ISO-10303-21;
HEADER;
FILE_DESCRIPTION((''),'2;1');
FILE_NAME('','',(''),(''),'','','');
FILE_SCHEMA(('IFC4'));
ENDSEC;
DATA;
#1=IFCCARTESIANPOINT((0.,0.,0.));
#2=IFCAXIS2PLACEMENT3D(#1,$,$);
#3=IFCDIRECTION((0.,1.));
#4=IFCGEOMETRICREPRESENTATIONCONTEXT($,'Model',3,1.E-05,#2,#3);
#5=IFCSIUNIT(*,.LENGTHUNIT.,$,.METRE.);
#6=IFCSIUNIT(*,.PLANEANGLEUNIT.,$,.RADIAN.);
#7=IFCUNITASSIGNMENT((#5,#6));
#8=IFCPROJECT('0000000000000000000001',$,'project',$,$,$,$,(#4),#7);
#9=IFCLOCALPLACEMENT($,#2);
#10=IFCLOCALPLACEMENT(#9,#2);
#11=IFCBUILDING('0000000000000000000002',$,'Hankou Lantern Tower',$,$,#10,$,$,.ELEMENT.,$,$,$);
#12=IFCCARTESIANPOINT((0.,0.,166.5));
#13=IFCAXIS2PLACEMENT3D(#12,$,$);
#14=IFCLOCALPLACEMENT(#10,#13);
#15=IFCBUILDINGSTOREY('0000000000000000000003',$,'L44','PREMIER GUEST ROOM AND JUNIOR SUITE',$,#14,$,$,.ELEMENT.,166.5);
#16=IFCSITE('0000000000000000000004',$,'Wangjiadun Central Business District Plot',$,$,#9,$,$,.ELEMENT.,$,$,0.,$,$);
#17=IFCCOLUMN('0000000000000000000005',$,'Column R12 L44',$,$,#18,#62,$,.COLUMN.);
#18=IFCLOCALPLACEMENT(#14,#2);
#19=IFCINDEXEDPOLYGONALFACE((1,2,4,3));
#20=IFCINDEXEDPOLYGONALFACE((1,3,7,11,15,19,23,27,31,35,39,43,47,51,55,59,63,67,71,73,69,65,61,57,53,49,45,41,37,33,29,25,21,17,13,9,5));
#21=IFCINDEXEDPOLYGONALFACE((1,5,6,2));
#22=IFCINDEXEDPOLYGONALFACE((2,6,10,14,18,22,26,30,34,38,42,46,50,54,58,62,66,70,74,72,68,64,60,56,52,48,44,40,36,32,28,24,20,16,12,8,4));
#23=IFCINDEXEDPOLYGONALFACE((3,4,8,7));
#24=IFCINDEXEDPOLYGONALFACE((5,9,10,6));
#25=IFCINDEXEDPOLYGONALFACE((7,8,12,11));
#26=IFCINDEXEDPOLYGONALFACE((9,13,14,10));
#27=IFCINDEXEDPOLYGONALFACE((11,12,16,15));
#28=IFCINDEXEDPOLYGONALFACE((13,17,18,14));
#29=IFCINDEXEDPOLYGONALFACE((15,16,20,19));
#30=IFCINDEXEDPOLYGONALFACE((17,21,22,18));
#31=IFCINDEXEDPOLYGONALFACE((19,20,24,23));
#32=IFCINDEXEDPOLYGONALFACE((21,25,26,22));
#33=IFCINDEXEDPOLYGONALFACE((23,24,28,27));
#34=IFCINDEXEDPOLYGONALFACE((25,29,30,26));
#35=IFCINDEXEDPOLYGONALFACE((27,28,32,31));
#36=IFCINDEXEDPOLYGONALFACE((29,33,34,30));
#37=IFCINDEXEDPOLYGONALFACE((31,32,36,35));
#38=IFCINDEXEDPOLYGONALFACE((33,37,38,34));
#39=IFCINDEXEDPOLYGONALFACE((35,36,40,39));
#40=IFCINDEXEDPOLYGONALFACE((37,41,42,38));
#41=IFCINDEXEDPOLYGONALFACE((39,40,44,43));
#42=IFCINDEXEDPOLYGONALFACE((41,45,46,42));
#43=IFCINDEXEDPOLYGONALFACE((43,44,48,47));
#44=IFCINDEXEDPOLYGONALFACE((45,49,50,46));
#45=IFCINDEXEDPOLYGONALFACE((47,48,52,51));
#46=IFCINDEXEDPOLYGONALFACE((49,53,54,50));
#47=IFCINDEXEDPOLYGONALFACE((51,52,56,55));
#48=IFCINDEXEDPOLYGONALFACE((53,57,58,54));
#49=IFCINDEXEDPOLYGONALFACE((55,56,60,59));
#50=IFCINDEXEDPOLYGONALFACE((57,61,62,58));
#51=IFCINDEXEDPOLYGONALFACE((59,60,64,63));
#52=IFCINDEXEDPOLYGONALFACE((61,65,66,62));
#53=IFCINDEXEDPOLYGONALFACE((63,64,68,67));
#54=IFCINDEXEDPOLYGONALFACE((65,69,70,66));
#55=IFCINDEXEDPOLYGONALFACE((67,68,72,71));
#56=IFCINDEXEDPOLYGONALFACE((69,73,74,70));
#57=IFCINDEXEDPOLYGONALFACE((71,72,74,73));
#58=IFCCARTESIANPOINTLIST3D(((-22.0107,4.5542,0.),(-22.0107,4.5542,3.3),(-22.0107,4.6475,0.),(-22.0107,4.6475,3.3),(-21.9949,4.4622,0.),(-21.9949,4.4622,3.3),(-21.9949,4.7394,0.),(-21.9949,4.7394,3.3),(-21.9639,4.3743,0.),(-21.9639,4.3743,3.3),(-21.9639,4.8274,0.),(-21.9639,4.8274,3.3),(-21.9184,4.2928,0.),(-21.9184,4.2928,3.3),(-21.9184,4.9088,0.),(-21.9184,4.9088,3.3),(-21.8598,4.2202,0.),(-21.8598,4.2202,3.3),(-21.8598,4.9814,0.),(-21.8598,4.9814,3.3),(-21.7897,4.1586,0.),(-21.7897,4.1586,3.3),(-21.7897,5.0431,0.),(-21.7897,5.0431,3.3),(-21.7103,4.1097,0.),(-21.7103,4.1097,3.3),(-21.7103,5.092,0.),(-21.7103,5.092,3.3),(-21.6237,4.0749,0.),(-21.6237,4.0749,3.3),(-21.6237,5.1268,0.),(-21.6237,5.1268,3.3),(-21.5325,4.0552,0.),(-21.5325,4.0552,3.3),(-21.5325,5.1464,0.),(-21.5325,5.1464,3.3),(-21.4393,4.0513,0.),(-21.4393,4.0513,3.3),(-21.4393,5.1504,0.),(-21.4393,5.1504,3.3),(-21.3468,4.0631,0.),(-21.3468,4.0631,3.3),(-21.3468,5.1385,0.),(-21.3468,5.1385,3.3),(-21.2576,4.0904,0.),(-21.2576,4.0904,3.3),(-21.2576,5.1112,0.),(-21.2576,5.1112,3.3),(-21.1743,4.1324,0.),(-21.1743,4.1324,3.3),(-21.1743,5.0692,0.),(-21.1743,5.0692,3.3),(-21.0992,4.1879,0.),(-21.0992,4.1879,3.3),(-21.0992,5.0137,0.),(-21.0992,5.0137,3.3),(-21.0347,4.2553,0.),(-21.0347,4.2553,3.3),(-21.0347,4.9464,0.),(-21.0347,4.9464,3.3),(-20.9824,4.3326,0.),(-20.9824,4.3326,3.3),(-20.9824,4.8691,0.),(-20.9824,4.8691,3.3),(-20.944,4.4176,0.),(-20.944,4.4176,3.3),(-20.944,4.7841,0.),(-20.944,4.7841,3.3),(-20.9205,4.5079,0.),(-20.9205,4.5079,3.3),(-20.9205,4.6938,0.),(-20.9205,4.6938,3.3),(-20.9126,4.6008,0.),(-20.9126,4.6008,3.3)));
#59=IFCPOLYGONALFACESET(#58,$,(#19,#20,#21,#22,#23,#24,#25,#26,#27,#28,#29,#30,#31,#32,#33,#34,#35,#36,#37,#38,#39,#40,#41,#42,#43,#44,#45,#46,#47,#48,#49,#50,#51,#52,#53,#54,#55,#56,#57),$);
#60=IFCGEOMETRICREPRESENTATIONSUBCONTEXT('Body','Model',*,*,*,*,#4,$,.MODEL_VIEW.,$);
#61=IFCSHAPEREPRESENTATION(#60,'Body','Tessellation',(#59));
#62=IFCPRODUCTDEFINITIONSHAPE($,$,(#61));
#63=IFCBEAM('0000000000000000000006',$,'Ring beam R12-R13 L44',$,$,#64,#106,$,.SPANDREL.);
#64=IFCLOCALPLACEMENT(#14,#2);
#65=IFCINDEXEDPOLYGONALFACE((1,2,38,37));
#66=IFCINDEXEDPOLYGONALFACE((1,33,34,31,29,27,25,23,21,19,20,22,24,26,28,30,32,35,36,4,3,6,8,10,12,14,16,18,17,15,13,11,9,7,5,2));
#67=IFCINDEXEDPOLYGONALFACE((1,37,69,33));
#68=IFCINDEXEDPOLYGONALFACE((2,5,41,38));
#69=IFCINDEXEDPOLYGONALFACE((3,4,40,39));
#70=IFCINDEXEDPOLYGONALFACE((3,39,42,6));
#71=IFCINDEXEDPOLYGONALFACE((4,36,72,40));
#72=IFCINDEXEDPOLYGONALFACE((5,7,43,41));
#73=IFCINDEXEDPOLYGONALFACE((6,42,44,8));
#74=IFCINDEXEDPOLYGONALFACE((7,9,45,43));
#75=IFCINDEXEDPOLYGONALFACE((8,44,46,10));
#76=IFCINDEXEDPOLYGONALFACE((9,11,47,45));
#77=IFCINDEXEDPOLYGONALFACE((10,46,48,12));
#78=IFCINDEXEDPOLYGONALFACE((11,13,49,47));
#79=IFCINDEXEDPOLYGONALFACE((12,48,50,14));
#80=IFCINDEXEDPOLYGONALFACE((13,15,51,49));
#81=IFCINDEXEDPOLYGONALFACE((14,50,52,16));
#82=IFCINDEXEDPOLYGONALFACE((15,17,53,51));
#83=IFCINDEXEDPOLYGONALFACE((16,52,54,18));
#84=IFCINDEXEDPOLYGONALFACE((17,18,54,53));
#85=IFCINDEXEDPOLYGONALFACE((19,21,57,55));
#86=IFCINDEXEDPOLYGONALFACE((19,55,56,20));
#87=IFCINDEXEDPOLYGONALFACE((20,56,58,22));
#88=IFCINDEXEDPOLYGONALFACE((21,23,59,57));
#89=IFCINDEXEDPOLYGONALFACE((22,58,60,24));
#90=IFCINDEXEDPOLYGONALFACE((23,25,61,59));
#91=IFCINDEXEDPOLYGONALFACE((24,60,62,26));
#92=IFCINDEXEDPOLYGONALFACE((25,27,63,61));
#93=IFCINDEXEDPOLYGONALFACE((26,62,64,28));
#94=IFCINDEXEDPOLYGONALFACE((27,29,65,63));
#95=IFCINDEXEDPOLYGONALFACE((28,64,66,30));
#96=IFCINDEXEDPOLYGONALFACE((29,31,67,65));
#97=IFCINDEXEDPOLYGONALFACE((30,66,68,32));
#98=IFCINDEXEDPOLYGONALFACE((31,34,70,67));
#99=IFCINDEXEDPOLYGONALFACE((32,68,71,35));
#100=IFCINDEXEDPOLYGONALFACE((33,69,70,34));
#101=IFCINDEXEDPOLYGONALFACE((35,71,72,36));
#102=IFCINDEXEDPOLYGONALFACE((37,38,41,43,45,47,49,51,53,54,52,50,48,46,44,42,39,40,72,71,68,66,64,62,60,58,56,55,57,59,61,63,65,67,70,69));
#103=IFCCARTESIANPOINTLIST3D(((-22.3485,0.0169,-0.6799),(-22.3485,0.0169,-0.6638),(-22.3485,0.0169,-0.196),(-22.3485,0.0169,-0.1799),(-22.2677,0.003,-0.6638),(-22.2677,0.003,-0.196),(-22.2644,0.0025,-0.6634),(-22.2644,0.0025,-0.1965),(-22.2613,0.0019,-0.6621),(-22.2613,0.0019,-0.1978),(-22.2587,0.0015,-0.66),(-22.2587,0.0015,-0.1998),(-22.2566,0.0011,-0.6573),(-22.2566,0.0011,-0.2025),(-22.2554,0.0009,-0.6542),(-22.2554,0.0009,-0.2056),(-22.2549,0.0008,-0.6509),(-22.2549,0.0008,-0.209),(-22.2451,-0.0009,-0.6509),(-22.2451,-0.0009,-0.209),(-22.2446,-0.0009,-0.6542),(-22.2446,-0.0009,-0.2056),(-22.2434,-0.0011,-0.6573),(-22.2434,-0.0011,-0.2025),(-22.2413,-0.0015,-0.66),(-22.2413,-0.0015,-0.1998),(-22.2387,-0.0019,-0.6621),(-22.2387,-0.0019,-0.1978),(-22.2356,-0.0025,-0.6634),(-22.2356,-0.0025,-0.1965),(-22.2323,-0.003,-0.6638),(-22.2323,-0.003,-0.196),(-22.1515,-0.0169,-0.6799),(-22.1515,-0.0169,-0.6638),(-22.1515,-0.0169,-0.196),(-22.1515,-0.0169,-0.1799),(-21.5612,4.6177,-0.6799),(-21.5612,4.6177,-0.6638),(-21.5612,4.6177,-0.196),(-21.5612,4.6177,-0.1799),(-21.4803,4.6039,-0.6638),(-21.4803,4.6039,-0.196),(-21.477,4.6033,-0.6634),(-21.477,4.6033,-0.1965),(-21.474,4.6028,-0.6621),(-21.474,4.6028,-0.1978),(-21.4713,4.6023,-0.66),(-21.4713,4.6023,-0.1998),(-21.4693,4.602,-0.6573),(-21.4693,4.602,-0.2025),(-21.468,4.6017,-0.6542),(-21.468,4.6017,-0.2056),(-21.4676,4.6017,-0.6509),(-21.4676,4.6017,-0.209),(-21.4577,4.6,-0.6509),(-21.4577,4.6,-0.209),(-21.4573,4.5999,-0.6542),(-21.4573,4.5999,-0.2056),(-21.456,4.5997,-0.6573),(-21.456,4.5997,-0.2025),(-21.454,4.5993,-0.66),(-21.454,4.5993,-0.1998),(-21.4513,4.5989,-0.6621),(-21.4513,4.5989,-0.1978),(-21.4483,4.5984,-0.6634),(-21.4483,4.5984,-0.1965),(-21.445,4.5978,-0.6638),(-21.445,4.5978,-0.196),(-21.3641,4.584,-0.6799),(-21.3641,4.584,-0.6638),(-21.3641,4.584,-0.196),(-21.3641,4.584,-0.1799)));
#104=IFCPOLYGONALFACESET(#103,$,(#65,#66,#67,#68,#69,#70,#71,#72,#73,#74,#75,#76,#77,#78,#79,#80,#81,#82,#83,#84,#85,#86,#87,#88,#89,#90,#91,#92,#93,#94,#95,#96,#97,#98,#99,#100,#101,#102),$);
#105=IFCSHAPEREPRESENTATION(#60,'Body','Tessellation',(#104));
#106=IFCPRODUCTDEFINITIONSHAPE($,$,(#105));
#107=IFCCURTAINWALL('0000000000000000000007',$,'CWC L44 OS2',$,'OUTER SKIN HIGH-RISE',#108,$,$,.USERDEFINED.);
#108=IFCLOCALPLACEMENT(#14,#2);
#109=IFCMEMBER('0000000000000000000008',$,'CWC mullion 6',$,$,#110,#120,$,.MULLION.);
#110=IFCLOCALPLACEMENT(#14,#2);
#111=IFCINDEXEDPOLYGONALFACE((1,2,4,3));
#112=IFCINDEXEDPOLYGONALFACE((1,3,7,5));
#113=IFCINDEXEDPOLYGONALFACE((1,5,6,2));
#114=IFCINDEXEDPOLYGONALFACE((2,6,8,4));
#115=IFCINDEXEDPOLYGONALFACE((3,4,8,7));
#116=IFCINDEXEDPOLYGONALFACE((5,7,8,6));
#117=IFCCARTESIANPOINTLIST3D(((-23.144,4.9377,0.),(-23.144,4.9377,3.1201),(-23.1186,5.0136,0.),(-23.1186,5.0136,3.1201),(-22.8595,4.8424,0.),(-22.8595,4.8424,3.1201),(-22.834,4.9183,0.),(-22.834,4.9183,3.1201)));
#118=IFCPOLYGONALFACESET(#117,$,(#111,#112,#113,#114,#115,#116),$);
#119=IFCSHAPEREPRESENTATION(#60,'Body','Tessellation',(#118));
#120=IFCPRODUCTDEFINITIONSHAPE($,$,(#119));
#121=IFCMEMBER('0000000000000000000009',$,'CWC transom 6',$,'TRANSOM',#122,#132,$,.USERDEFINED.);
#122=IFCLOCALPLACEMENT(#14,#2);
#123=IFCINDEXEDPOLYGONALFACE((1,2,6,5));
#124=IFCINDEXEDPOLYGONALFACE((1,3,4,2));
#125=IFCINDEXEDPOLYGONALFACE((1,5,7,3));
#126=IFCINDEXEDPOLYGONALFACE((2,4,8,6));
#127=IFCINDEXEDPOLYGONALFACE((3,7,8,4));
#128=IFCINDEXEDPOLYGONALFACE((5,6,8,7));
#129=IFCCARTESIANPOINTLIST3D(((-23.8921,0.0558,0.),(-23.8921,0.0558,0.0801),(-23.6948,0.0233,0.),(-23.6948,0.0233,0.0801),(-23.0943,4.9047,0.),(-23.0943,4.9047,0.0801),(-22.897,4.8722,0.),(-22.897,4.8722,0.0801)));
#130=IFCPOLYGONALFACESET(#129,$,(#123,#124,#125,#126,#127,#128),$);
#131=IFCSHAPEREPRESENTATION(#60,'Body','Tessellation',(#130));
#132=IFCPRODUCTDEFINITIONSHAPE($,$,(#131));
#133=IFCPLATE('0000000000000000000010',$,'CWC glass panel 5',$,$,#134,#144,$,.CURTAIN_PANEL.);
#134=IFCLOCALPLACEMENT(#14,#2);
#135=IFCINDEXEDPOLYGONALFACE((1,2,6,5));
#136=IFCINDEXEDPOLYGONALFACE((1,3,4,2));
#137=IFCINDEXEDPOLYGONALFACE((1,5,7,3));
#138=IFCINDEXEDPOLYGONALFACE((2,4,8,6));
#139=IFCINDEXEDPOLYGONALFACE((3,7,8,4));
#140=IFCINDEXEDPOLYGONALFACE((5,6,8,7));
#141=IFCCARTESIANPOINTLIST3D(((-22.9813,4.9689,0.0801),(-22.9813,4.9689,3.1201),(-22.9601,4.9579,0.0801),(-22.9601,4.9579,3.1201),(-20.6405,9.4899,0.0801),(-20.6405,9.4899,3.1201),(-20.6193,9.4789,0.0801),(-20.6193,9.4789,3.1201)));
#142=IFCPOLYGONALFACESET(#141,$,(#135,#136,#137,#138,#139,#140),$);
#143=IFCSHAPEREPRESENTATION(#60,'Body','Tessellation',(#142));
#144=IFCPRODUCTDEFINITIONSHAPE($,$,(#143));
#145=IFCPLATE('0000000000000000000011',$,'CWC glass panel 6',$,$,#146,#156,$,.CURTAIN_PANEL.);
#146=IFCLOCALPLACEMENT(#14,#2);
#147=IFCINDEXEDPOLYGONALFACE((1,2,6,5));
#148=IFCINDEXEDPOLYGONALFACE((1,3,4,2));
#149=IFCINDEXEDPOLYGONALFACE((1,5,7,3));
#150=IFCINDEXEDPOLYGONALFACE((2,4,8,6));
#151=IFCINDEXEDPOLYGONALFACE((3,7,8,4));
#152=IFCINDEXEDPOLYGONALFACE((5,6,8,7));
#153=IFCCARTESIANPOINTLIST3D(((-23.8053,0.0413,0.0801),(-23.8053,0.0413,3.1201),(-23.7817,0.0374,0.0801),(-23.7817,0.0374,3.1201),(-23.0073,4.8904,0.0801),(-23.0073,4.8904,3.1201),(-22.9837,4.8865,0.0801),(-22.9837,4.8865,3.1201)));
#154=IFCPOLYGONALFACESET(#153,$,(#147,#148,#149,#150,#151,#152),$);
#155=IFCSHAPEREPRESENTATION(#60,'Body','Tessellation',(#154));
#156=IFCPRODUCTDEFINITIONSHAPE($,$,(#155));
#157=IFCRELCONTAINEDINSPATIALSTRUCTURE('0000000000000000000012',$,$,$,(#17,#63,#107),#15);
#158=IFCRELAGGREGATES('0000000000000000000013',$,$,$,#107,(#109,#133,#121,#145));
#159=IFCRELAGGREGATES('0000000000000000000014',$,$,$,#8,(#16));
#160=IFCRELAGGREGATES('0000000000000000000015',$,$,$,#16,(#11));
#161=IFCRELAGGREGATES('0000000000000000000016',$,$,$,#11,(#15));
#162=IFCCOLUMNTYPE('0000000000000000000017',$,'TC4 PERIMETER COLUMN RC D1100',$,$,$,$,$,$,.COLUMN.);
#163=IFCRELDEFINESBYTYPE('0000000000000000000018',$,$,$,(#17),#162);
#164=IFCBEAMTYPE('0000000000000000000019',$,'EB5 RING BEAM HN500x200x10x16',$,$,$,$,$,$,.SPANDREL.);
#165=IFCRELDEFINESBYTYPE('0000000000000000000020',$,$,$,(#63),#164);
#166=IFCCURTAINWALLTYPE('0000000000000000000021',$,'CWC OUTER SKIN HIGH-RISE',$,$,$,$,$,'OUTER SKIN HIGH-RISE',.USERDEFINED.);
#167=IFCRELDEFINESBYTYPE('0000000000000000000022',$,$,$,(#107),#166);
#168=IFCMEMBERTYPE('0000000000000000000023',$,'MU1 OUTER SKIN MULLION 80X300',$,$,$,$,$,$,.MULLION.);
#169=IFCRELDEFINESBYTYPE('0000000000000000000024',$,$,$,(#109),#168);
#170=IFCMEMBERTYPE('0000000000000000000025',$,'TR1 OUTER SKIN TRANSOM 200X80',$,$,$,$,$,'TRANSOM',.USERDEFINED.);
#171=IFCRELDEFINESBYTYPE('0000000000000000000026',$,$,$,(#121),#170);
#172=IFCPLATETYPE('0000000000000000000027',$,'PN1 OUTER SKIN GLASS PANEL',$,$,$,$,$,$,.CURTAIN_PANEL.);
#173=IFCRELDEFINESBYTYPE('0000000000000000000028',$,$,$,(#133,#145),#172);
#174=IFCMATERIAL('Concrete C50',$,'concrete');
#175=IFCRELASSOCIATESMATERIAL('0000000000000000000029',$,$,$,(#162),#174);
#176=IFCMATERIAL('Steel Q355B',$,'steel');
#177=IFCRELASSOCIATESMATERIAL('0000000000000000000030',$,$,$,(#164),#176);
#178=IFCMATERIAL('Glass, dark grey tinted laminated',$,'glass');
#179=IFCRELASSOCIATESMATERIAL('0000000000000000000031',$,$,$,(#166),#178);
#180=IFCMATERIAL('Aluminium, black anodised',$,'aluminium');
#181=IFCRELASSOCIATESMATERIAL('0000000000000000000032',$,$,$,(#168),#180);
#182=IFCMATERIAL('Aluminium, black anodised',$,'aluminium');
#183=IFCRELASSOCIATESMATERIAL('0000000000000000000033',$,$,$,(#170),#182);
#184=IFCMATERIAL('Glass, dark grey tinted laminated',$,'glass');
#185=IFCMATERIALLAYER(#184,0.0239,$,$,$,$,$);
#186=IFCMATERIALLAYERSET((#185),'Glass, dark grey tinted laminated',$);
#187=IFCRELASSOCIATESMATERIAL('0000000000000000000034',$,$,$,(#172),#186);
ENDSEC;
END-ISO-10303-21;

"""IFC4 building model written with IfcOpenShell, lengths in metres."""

from ifc_helpers import new_model, si_unit, direction, frame, origin, origin_2d, place, context, subcontext, project, spatial, rectangle, circle, i_section, extrude, material, layer, layer_set, material_profile, profile_set, type_object, element, aggregate, save


model = new_model("IFC4")

# Units and contexts
model_context = context("Model", 3, precision=1e-05, world=origin(), true_north=direction((0.0, 1.0)))
body_context = subcontext(model_context, "Body", "Model", "MODEL_VIEW")
ifc_project = project(units=[si_unit("LENGTHUNIT", "METRE"), si_unit("PLANEANGLEUNIT", "RADIAN")], contexts=[model_context])

# Site, building, storey
site_placement = place(None, origin())
site = spatial("IfcSite", under=ifc_project, at=site_placement, Name="Wangjiadun Central Business District Plot", CompositionType="ELEMENT", RefElevation=0.0)
building_placement = place(site_placement, origin())
building = spatial("IfcBuilding", under=site, at=building_placement, Name="Hankou Lantern Tower", CompositionType="ELEMENT")
storey_placement = place(building_placement, frame((0.0, 0.0, 166.5)))
storey = spatial("IfcBuildingStorey", under=building, at=storey_placement, Name="L44", Description="PREMIER GUEST ROOM AND JUNIOR SUITE", CompositionType="ELEMENT", Elevation=166.5)

# Column
ifc_material_1 = material(Name="Concrete C50", Category="concrete")
ifc_material_profile_1 = material_profile(ifc_material_1, circle(Radius=0.55, at=origin_2d()), Name="RC D1100")
ifc_profile_set_1 = profile_set([ifc_material_profile_1], Name="Concrete C50")
column_type = type_object("IfcColumnType", Name="TC4 PERIMETER COLUMN RC D1100", PredefinedType="COLUMN", material=ifc_profile_set_1)
column_placement = place(storey_placement, frame((-21.4626, 4.6008, 0.0), z_axis=(0.0, 0.0, 1.0), x_axis=(1.0, 0.0, 0.0)))
element("IfcColumn", 1, at=column_placement, inside=storey, type_object=column_type, Name="Column R12 L44", PredefinedType="COLUMN", context=body_context, shape_type="SweptSolid", body=[
    extrude(circle(Radius=0.55, at=origin_2d()), origin(), (0.0, 0.0, 1.0), 3.3),
])

# Beam
ifc_material_2 = material(Name="Steel Q355B", Category="steel")
ifc_material_profile_2 = material_profile(ifc_material_2, i_section(OverallWidth=0.2, OverallDepth=0.5, WebThickness=0.01, FlangeThickness=0.0161, FilletRadius=0.0129, at=origin_2d()), Name="HN500x200x10x16")
ifc_profile_set_2 = profile_set([ifc_material_profile_2], Name="Steel Q355B")
beam_type = type_object("IfcBeamType", Name="EB5 RING BEAM HN500x200x10x16", PredefinedType="SPANDREL", material=ifc_profile_set_2)
beam_placement = place(storey_placement, frame((-21.4626, 4.6008, -0.4299), z_axis=(-0.168681, -0.985671, 0.0), x_axis=(0.985671, -0.168681, 0.0)))
element("IfcBeam", 2, at=beam_placement, inside=storey, type_object=beam_type, Name="Ring beam R12-R13 L44", PredefinedType="SPANDREL", context=body_context, shape_type="SweptSolid", body=[
    extrude(i_section(OverallWidth=0.2, OverallDepth=0.5, WebThickness=0.01, FlangeThickness=0.0161, FilletRadius=0.0129, at=origin_2d()), origin(), (0.0, 0.0, 1.0), 4.6677),
])

# Curtain wall, members, plates
ifc_material_3 = material(Name="Glass, dark grey tinted laminated", Category="glass")
curtain_wall_type = type_object("IfcCurtainWallType", Name="CWC OUTER SKIN HIGH-RISE", ElementType="OUTER SKIN HIGH-RISE", PredefinedType="USERDEFINED", material=ifc_material_3)
curtain_wall_placement = place(storey_placement, origin())
curtain_wall = element("IfcCurtainWall", 3, at=curtain_wall_placement, inside=storey, type_object=curtain_wall_type, Name="CWC L44 OS2", ObjectType="OUTER SKIN HIGH-RISE", PredefinedType="USERDEFINED")
ifc_material_4 = material(Name="Aluminium, black anodised", Category="aluminium")
ifc_material_profile_3 = material_profile(ifc_material_4, rectangle(XDim=0.0801, YDim=0.3, at=origin_2d()), Name="MU1 80X300")
ifc_profile_set_3 = profile_set([ifc_material_profile_3], Name="Aluminium, black anodised")
member_type_1 = type_object("IfcMemberType", Name="MU1 OUTER SKIN MULLION 80X300", PredefinedType="MULLION", material=ifc_profile_set_3)
member_1_placement = place(storey_placement, frame((-22.989, 4.928, 0.0), z_axis=(0.0, 0.0, 1.0), x_axis=(-0.317596, -0.948226, 0.0)))
member_1 = element("IfcMember", 4, at=member_1_placement, type_object=member_type_1, Name="CWC mullion 6", PredefinedType="MULLION", context=body_context, shape_type="SweptSolid", body=[
    extrude(rectangle(XDim=0.0801, YDim=0.3, at=origin_2d()), origin(), (0.0, 0.0, 1.0), 3.1201),
])
ifc_material_5 = material(Name="Aluminium, black anodised", Category="aluminium")
ifc_material_profile_4 = material_profile(ifc_material_5, rectangle(XDim=0.2, YDim=0.0801, at=origin_2d()), Name="TR1 200X80")
ifc_profile_set_4 = profile_set([ifc_material_profile_4], Name="Aluminium, black anodised")
member_type_2 = type_object("IfcMemberType", Name="TR1 OUTER SKIN TRANSOM 200X80", ElementType="TRANSOM", PredefinedType="USERDEFINED", material=ifc_profile_set_4)
member_2_placement = place(storey_placement, frame((-22.9956, 4.8884, 0.04), z_axis=(-0.16236, -0.986732, 0.0), x_axis=(0.986732, -0.16236, 0.0)))
member_2 = element("IfcMember", 5, at=member_2_placement, type_object=member_type_2, Name="CWC transom 6", ObjectType="TRANSOM", PredefinedType="USERDEFINED", context=body_context, shape_type="SweptSolid", body=[
    extrude(rectangle(XDim=0.2, YDim=0.0801, at=origin_2d()), origin(), (0.0, 0.0, 1.0), 4.9141),
])
ifc_material_6 = material(Name="Glass, dark grey tinted laminated", Category="glass")
ifc_layer_1 = layer(ifc_material_6, 0.0239)
ifc_layer_set_1 = layer_set([ifc_layer_1], Name="Glass, dark grey tinted laminated")
plate_type = type_object("IfcPlateType", Name="PN1 OUTER SKIN GLASS PANEL", PredefinedType="CURTAIN_PANEL", material=ifc_layer_set_1)
plate_1_placement = place(storey_placement, frame((-21.8003, 7.2239, 0.0801), z_axis=(0.0, 0.0, 1.0), x_axis=(-0.459791, -0.888027, 0.0)))
plate_1 = element("IfcPlate", 6, at=plate_1_placement, type_object=plate_type, Name="CWC glass panel 5", PredefinedType="CURTAIN_PANEL", context=body_context, shape_type="SweptSolid", body=[
    extrude(rectangle(XDim=5.0911, YDim=0.0239, at=origin_2d()), origin(), (0.0, 0.0, 1.0), 3.04),
])
plate_2_placement = place(storey_placement, frame((-23.3945, 2.4639, 0.0801), z_axis=(0.0, 0.0, 1.0), x_axis=(-0.162382, -0.986728, 0.0)))
plate_2 = element("IfcPlate", 7, at=plate_2_placement, type_object=plate_type, Name="CWC glass panel 6", PredefinedType="CURTAIN_PANEL", context=body_context, shape_type="SweptSolid", body=[
    extrude(rectangle(XDim=4.9143, YDim=0.0239, at=origin_2d()), origin(), (0.0, 0.0, 1.0), 3.04),
])
aggregate(curtain_wall, [member_1, plate_1, member_2, plate_2])

save(model, "model.ifc")
